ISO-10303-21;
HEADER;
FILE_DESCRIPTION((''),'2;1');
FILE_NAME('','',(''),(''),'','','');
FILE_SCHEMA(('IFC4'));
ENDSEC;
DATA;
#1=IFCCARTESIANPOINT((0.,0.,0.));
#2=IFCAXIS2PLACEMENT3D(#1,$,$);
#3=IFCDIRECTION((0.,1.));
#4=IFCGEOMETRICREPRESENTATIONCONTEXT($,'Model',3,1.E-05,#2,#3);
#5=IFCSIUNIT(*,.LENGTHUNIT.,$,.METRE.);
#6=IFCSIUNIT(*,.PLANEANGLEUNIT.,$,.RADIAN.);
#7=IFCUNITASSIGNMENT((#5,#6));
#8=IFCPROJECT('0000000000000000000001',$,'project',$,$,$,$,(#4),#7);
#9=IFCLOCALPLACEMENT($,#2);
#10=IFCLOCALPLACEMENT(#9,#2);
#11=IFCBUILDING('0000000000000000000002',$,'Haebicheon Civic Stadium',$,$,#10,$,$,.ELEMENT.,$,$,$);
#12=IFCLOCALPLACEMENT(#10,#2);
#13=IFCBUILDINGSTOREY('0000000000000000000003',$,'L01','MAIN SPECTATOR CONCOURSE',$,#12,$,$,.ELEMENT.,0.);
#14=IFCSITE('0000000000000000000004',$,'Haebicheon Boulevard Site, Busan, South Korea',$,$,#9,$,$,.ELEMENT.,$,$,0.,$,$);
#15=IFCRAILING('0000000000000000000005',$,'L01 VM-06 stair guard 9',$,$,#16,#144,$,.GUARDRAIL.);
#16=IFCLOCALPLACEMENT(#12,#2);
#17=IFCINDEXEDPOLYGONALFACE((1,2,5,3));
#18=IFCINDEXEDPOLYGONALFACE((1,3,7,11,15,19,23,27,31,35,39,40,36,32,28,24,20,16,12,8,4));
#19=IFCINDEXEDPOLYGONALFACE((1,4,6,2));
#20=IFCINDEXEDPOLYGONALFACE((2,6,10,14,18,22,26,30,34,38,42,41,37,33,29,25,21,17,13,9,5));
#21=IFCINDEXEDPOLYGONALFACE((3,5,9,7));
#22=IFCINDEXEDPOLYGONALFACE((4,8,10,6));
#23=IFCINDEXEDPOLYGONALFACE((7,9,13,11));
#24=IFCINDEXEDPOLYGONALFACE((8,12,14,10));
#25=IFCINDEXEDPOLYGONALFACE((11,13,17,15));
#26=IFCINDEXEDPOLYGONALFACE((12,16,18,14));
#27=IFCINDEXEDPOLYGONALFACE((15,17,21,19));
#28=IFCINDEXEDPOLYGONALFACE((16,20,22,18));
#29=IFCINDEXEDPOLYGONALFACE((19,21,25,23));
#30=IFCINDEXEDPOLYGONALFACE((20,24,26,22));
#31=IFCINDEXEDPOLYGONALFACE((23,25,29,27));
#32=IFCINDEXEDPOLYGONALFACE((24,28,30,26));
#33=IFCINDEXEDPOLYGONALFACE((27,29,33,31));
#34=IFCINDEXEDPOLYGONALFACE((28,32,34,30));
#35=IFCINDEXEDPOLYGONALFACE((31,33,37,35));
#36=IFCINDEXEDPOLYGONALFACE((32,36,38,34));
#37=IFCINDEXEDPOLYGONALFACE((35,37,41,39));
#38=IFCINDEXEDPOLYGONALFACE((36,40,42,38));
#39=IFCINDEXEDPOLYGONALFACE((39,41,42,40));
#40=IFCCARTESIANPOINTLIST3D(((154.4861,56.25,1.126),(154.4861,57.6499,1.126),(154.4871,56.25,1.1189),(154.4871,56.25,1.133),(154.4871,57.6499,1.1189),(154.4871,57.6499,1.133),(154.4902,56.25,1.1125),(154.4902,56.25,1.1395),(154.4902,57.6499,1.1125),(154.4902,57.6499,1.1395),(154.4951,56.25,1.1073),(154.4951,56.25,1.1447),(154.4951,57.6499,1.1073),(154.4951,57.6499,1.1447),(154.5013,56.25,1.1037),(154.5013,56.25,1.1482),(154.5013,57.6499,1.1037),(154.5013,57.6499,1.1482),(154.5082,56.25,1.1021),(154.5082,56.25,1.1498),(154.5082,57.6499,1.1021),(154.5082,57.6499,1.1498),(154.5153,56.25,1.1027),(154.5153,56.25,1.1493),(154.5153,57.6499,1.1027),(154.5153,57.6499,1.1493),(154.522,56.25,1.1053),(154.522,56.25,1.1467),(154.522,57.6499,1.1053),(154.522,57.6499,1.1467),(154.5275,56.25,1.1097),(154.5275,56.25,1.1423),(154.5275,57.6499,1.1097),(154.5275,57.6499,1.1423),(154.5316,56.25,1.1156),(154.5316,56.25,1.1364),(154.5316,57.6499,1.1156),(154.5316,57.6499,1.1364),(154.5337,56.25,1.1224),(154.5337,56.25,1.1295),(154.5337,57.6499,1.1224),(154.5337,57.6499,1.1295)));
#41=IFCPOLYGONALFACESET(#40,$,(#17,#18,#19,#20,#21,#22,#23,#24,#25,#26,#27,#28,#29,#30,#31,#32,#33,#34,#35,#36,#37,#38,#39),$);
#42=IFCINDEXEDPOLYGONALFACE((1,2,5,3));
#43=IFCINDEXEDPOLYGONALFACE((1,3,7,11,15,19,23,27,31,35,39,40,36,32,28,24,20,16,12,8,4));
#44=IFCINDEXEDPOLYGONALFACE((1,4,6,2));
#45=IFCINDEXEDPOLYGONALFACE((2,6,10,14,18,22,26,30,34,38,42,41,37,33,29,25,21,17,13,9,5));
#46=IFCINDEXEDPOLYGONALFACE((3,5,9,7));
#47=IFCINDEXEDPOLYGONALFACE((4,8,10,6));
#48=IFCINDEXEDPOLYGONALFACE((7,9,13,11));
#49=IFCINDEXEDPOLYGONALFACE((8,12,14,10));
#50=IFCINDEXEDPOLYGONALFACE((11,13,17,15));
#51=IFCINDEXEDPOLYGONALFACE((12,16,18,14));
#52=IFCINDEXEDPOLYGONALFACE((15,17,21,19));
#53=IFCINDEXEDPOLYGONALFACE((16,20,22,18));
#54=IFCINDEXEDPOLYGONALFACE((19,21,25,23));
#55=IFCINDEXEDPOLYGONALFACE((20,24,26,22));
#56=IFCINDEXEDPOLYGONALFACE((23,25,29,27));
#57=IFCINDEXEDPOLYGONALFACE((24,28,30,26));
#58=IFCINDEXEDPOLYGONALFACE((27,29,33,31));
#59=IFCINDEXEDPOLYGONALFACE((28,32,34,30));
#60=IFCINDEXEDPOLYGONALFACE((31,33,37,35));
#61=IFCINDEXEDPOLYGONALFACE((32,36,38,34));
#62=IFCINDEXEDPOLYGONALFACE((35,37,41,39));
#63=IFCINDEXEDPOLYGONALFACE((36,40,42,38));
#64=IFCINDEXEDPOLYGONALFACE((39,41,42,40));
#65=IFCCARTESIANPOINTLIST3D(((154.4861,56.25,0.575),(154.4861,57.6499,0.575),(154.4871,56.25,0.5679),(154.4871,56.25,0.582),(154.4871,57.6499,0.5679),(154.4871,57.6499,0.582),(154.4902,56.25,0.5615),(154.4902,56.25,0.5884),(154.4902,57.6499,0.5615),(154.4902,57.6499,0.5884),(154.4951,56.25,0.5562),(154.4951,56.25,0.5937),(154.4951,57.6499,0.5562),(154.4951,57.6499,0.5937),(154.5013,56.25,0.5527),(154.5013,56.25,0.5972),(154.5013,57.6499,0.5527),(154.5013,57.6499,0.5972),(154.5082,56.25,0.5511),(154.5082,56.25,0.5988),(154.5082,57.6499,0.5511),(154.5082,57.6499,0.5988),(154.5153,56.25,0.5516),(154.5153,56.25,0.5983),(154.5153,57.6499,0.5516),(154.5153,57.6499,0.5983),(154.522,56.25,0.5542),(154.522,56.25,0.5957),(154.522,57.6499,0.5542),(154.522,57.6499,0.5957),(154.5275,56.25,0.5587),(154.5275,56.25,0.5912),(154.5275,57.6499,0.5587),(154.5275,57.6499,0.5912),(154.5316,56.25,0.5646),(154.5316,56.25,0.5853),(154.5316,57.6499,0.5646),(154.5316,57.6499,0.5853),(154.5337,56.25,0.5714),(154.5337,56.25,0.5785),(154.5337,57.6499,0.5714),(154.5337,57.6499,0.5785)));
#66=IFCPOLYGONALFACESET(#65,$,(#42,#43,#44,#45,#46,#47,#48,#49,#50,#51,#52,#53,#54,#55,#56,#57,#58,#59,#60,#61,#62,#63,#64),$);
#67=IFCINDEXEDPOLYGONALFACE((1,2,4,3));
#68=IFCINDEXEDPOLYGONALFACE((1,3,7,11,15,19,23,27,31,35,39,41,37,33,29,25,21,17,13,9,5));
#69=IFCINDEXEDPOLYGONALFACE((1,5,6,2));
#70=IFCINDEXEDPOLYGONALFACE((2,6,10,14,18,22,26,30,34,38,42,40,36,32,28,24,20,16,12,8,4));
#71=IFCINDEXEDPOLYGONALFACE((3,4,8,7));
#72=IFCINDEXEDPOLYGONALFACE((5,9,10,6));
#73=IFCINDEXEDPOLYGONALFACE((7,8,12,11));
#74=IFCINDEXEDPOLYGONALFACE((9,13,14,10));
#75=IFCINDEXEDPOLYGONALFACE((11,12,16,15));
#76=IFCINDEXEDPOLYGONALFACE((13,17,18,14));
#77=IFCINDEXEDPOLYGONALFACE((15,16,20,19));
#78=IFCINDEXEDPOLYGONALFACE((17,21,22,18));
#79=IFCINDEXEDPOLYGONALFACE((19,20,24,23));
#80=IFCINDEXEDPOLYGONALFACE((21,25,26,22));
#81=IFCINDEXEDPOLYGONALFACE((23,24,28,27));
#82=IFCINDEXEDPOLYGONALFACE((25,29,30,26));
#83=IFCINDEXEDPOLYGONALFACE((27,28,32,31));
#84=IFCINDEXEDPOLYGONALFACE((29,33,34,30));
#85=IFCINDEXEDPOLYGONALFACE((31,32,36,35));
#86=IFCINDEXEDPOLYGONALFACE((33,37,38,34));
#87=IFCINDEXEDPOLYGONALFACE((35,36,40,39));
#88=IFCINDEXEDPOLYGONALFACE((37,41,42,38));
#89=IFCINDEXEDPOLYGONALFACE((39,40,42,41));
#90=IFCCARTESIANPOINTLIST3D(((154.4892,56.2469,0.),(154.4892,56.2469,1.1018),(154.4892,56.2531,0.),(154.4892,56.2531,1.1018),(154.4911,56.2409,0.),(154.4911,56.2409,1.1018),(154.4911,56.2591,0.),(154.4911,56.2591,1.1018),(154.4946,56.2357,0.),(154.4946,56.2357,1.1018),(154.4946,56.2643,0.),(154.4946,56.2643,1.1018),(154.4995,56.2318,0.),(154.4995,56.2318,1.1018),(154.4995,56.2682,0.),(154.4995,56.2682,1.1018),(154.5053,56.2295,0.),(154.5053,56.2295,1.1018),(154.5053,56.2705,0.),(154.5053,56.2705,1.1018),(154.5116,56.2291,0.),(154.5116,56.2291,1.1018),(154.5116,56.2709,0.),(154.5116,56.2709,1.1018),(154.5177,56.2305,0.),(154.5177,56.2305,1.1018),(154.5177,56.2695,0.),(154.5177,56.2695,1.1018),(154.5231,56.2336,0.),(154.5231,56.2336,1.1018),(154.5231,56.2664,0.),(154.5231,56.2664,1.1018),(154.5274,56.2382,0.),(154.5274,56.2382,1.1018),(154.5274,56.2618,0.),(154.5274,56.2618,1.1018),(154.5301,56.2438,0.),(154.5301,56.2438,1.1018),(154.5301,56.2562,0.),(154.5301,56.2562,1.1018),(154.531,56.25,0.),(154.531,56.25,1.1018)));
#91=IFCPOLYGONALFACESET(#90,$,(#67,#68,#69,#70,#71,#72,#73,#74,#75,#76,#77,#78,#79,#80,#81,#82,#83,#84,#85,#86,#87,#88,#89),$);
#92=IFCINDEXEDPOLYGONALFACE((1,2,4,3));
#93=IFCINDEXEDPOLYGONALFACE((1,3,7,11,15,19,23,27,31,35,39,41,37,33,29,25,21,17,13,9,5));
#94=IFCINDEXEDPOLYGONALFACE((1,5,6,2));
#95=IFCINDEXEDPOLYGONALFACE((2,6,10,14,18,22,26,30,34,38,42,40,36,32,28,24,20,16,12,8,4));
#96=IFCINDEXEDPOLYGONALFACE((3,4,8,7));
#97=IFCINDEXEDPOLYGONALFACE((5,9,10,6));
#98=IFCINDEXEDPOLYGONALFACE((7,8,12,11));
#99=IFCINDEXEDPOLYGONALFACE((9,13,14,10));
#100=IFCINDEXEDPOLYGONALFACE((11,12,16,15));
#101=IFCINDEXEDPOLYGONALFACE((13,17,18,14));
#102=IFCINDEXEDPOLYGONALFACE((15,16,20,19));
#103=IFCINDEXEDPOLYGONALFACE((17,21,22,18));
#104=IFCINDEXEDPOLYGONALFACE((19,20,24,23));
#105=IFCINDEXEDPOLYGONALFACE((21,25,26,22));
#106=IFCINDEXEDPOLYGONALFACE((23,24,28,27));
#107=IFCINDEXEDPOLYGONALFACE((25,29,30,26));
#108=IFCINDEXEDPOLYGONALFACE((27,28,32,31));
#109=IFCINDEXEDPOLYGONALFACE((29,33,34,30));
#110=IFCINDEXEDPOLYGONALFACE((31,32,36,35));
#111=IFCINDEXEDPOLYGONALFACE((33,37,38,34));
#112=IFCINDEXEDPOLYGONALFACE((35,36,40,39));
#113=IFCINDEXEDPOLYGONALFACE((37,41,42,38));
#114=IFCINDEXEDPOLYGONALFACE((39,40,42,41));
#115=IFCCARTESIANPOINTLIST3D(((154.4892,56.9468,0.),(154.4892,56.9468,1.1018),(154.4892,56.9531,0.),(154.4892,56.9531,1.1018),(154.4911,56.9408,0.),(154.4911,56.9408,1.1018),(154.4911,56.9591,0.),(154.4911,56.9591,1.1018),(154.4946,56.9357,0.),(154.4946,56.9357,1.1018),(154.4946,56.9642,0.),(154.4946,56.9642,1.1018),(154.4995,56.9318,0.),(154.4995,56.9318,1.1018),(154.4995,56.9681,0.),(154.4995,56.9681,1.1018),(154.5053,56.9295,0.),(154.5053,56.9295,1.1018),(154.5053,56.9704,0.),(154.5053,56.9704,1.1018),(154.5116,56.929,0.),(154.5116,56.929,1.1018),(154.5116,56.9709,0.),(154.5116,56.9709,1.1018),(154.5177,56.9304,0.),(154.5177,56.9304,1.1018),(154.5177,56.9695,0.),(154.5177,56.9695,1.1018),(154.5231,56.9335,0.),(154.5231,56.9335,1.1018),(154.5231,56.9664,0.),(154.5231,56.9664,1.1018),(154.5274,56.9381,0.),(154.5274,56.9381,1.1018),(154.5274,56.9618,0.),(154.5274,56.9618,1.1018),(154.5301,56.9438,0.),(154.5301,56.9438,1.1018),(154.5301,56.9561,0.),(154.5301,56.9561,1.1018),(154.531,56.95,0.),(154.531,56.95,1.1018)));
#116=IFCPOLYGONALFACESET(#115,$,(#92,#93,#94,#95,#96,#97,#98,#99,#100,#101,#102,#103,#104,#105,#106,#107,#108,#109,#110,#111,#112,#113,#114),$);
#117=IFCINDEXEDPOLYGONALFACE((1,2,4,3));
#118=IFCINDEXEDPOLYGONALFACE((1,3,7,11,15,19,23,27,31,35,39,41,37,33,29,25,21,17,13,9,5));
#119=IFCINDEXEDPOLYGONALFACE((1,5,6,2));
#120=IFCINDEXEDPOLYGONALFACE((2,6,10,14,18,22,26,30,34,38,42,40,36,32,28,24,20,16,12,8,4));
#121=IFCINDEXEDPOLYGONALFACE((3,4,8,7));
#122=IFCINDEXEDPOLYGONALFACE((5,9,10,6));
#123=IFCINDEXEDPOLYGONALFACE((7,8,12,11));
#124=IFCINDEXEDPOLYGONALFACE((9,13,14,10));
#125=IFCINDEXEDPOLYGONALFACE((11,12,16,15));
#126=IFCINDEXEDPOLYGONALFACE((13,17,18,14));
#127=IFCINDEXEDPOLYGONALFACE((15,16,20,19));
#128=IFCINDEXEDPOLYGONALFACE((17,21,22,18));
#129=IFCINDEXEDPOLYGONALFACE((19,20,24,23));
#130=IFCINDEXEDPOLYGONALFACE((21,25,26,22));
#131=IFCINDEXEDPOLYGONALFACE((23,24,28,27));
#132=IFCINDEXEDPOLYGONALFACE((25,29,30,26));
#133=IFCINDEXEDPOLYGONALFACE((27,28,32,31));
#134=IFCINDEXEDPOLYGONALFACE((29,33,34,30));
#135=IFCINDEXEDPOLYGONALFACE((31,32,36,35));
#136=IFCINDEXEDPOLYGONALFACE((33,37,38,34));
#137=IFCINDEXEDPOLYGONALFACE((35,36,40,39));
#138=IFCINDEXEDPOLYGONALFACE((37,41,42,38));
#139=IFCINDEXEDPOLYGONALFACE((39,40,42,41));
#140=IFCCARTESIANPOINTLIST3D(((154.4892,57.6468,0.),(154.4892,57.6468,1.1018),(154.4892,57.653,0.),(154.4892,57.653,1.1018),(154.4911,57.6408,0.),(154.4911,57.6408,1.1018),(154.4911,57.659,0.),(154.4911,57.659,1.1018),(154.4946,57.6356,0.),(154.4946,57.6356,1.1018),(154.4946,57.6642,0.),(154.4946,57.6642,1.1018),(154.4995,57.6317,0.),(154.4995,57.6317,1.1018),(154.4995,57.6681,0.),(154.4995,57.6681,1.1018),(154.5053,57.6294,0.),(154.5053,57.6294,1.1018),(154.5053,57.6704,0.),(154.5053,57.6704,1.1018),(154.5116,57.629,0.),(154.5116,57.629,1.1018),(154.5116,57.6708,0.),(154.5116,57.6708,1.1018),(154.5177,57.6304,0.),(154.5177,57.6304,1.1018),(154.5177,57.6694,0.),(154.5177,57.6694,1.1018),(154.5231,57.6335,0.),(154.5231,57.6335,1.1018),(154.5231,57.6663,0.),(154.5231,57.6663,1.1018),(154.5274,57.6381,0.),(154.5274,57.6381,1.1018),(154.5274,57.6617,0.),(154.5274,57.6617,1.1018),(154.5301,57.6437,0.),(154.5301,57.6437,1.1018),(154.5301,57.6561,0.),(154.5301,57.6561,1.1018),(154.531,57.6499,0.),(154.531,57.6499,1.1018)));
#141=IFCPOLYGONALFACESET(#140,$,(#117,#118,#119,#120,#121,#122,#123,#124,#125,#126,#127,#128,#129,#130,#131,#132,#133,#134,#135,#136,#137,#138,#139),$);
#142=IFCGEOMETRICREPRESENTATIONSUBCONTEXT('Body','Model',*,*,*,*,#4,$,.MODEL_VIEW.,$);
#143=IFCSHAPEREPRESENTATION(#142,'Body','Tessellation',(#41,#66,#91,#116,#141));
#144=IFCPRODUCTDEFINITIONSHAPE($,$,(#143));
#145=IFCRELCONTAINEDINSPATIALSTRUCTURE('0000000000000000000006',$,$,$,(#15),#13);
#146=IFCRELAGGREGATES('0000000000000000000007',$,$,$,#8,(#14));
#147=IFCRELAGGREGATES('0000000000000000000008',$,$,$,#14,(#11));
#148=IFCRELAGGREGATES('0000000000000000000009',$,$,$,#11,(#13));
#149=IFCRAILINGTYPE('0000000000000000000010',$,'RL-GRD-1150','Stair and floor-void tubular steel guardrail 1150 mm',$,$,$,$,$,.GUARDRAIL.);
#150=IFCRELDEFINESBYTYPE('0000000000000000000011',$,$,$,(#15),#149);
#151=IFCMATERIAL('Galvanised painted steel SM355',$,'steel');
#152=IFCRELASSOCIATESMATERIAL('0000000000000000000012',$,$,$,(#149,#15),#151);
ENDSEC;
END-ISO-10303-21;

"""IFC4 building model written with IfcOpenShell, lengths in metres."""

from ifc_helpers import new_model, si_unit, direction, frame, origin, origin_2d, place, context, subcontext, project, spatial, circle, extrude, material, type_object, element, save


model = new_model("IFC4")

# Units and contexts
model_context = context("Model", 3, precision=1e-05, world=origin(), true_north=direction((0.0, 1.0)))
body_context = subcontext(model_context, "Body", "Model", "MODEL_VIEW")
ifc_project = project(units=[si_unit("LENGTHUNIT", "METRE"), si_unit("PLANEANGLEUNIT", "RADIAN")], contexts=[model_context])

# Site, building, storey
site_placement = place(None, origin())
site = spatial("IfcSite", under=ifc_project, at=site_placement, Name="Haebicheon Boulevard Site, Busan, South Korea", CompositionType="ELEMENT", RefElevation=0.0)
building_placement = place(site_placement, origin())
building = spatial("IfcBuilding", under=site, at=building_placement, Name="Haebicheon Civic Stadium", CompositionType="ELEMENT")
storey_placement = place(building_placement, origin())
storey = spatial("IfcBuildingStorey", under=building, at=storey_placement, Name="L01", Description="MAIN SPECTATOR CONCOURSE", CompositionType="ELEMENT", Elevation=0.0)

# Railing
ifc_material_1 = material(Name="Galvanised painted steel SM355", Category="steel")
railing_type = type_object("IfcRailingType", Name="RL-GRD-1150", Description="Stair and floor-void tubular steel guardrail 1150 mm", PredefinedType="GUARDRAIL", material=ifc_material_1)
railing_1_placement = place(storey_placement, frame((154.51, 56.25, 0.0)))
element("IfcRailing", 1, at=railing_1_placement, inside=storey, type_object=railing_type, material=ifc_material_1, Name="L01 VM-06 stair guard 9", PredefinedType="GUARDRAIL", context=body_context, shape_type="SweptSolid", body=[
    extrude(circle(Radius=0.0239, at=origin_2d()), frame((0.0, 0.0, 1.126), z_axis=(0.0, 1.0, 0.0), x_axis=(-1.0, 0.0, 0.0)), (0.0, 0.0, 1.0), 1.3999),
    extrude(circle(Radius=0.0239, at=origin_2d()), frame((0.0, 0.0, 0.575), z_axis=(0.0, 1.0, 0.0), x_axis=(-1.0, 0.0, 0.0)), (0.0, 0.0, 1.0), 1.3999),
    extrude(circle(Radius=0.021, at=origin_2d()), origin(), (0.0, 0.0, 1.0), 1.1018),
    extrude(circle(Radius=0.021, at=origin_2d()), frame((0.0, 0.7, 0.0)), (0.0, 0.0, 1.0), 1.1018),
    extrude(circle(Radius=0.021, at=origin_2d()), frame((0.0, 1.3999, 0.0)), (0.0, 0.0, 1.0), 1.1018),
])

save(model, "model.ifc")
